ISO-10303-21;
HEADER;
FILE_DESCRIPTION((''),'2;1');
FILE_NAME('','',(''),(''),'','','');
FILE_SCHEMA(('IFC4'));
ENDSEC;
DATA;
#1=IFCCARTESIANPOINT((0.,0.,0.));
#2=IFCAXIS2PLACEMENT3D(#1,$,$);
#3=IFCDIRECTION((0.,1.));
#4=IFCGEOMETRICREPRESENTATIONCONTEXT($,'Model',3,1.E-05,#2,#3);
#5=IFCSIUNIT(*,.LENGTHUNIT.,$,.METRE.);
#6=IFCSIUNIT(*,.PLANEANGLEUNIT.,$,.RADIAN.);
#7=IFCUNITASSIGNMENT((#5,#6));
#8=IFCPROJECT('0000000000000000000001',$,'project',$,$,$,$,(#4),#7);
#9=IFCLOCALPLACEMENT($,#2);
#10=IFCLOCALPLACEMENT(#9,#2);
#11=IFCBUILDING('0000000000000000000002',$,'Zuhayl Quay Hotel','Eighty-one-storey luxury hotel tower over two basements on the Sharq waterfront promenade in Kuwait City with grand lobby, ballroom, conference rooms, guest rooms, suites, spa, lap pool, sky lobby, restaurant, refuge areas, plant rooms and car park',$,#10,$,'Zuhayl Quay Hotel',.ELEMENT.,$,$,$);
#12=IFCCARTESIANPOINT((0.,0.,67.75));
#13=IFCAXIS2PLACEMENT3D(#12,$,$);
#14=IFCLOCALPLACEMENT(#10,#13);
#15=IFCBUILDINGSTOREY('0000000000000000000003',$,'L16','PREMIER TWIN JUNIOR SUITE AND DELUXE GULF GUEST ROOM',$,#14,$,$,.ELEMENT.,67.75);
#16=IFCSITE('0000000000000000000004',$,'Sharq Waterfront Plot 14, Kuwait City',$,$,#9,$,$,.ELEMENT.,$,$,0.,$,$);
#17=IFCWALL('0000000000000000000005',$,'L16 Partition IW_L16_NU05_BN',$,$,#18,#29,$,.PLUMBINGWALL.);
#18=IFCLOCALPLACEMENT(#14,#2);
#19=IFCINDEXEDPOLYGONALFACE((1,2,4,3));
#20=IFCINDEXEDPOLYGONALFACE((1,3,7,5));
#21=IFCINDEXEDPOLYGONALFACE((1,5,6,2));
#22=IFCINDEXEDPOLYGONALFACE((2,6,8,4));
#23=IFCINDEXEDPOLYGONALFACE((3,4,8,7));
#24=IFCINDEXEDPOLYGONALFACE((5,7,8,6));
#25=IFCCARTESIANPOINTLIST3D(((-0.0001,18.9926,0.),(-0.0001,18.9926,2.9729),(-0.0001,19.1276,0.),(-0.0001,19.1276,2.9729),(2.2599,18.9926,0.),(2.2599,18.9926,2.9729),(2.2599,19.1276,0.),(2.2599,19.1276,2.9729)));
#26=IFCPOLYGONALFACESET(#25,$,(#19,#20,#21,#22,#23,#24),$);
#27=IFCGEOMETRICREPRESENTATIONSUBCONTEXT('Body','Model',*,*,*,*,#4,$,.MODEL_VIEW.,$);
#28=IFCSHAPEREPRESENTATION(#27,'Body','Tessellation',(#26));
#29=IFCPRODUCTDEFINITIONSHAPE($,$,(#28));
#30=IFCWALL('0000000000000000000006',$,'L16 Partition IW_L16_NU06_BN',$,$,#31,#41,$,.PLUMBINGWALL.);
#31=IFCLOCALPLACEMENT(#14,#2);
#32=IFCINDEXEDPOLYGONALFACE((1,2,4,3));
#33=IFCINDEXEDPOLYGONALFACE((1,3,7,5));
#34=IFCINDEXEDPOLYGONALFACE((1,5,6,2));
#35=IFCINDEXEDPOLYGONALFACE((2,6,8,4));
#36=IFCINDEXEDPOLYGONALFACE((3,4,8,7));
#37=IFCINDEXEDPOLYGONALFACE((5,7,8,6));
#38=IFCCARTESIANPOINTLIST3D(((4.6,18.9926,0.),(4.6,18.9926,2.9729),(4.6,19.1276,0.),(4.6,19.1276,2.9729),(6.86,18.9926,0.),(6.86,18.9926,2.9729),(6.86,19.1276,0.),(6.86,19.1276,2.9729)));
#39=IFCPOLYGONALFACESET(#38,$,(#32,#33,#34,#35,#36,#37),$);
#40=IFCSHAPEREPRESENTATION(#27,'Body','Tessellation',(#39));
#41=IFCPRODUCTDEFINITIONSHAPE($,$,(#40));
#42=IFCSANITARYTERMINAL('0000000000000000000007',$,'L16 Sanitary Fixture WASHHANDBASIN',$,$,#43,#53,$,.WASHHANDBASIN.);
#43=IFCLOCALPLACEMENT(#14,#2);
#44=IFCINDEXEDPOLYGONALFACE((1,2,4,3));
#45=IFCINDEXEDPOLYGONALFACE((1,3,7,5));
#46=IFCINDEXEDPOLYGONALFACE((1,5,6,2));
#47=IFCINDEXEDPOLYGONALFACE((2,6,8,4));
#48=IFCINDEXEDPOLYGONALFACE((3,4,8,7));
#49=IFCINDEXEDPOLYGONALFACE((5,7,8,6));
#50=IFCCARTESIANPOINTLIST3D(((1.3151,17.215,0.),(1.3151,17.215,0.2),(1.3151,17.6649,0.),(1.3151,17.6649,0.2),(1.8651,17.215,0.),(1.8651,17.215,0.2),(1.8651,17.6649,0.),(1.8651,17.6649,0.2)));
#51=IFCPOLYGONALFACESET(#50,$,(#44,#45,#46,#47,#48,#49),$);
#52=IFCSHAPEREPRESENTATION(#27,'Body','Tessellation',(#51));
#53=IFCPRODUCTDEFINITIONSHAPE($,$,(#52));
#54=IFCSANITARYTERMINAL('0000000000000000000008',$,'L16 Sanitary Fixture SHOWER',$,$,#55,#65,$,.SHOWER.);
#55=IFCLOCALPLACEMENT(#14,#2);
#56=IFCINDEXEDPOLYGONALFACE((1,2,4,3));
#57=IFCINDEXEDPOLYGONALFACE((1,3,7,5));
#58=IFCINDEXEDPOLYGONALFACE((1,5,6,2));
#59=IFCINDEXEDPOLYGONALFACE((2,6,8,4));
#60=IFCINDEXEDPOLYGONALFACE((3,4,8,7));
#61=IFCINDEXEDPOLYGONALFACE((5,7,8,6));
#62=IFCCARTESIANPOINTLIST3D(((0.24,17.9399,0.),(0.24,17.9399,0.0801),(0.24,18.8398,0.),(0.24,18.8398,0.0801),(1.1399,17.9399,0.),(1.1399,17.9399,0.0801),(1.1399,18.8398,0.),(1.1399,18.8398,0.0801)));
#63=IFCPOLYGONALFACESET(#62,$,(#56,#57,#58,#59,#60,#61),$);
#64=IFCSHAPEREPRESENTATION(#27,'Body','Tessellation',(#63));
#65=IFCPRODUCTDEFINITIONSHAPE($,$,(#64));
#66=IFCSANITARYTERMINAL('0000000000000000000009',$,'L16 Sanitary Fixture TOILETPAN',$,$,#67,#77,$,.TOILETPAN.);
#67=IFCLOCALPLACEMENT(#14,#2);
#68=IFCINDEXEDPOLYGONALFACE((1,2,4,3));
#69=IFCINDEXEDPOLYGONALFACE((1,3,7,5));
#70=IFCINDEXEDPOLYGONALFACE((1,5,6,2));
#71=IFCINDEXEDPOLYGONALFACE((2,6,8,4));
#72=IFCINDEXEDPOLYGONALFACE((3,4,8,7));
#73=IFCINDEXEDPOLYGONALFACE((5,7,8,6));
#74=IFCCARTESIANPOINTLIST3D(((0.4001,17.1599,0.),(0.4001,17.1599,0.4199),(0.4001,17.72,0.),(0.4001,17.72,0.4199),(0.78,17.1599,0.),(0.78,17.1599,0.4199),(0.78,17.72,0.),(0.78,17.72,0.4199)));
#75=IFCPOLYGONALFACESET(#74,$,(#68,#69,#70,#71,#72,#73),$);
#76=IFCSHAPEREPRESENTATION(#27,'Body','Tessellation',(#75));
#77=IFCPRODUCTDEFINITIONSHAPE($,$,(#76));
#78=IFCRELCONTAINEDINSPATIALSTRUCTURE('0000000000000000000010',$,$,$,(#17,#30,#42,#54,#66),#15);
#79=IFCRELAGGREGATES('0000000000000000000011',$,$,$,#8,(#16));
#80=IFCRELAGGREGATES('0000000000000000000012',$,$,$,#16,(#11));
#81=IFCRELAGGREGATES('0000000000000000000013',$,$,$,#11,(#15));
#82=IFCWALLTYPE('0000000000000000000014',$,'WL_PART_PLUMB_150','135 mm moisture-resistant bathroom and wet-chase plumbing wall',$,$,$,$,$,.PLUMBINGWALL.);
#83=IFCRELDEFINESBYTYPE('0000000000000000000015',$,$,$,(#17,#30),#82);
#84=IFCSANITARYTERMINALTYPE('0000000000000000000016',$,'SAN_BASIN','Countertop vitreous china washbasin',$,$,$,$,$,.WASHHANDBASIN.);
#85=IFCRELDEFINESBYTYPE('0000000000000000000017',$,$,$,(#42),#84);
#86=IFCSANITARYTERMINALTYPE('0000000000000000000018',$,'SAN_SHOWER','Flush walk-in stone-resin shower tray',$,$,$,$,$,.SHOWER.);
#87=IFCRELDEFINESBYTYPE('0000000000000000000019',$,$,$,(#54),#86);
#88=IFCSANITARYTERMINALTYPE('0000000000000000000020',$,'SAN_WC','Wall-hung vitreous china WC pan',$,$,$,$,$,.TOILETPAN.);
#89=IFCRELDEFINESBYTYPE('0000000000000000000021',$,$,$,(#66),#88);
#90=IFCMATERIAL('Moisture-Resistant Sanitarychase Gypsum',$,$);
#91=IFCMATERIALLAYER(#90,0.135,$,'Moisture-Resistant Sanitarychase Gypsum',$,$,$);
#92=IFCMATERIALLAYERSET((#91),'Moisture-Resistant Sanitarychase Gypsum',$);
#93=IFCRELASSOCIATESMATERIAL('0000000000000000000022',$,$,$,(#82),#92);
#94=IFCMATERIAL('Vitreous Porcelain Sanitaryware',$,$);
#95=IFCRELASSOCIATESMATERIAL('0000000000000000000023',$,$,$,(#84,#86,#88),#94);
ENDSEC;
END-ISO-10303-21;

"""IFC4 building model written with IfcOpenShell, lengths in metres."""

from ifc_helpers import new_model, si_unit, direction, frame, frame_2d, origin, origin_2d, place, context, subcontext, project, spatial, rectangle, extrude, material, layer, layer_set, type_object, element, save


model = new_model("IFC4")

# Units and contexts
model_context = context("Model", 3, precision=1e-05, world=origin(), true_north=direction((0.0, 1.0)))
body_context = subcontext(model_context, "Body", "Model", "MODEL_VIEW")
ifc_project = project(units=[si_unit("LENGTHUNIT", "METRE"), si_unit("PLANEANGLEUNIT", "RADIAN")], contexts=[model_context])

# Site, building, storey
site_placement = place(None, origin())
site = spatial("IfcSite", under=ifc_project, at=site_placement, Name="Sharq Waterfront Plot 14, Kuwait City", CompositionType="ELEMENT", RefElevation=0.0)
building_placement = place(site_placement, origin())
building = spatial("IfcBuilding", under=site, at=building_placement, Name="Zuhayl Quay Hotel", Description="Eighty-one-storey luxury hotel tower over two basements on the Sharq waterfront promenade in Kuwait City with grand lobby, ballroom, conference rooms, guest rooms, suites, spa, lap pool, sky lobby, restaurant, refuge areas, plant rooms and car park", LongName="Zuhayl Quay Hotel", CompositionType="ELEMENT")
storey_placement = place(building_placement, frame((0.0, 0.0, 67.75)))
storey = spatial("IfcBuildingStorey", under=building, at=storey_placement, Name="L16", Description="PREMIER TWIN JUNIOR SUITE AND DELUXE GULF GUEST ROOM", CompositionType="ELEMENT", Elevation=67.75)

# Shared definitions
ifc_material_1 = material(Name="Moisture-Resistant Sanitarychase Gypsum")
ifc_layer_1 = layer(ifc_material_1, 0.135, Name="Moisture-Resistant Sanitarychase Gypsum")
ifc_layer_set_1 = layer_set([ifc_layer_1], Name="Moisture-Resistant Sanitarychase Gypsum")
wall_type_1 = type_object("IfcWallType", Name="WL_PART_PLUMB_150", Description="135 mm moisture-resistant bathroom and wet-chase plumbing wall", PredefinedType="PLUMBINGWALL", material=ifc_layer_set_1)

# Walls
for number, where, z_axis, x_axis, name in (
    (1, (0.0, 19.0601, 0.0), (0.0, 0.0, 1.0), (1.0, 0.0, 0.0), "L16 Partition IW_L16_NU05_BN"),
    (2, (4.6001, 19.0601, 0.0), (0.0, 0.0, 1.0), (1.0, 0.0, 0.0), "L16 Partition IW_L16_NU06_BN"),
):
    element("IfcWall", number, at=place(storey_placement, frame(where, z_axis=z_axis, x_axis=x_axis)), inside=storey, type_object=wall_type_1, Name=name, PredefinedType="PLUMBINGWALL", context=body_context, shape_type="SweptSolid", body=[
        extrude(rectangle(XDim=2.26, YDim=0.135, at=frame_2d((1.1299, 0.0))), origin(), (0.0, 0.0, 1.0), 2.9729),
    ])

# Sanitary terminals
ifc_material_2 = material(Name="Vitreous Porcelain Sanitaryware")
sanitary_terminal_type_1 = type_object("IfcSanitaryTerminalType", Name="SAN_BASIN", Description="Countertop vitreous china washbasin", PredefinedType="WASHHANDBASIN", material=ifc_material_2)
sanitary_terminal_1_placement = place(storey_placement, frame((1.5901, 17.4399, 0.0), z_axis=(0.0, 0.0, 1.0), x_axis=(1.0, 0.0, 0.0)))
element("IfcSanitaryTerminal", 3, at=sanitary_terminal_1_placement, inside=storey, type_object=sanitary_terminal_type_1, Name="L16 Sanitary Fixture WASHHANDBASIN", PredefinedType="WASHHANDBASIN", context=body_context, shape_type="SweptSolid", body=[
    extrude(rectangle(XDim=0.55, YDim=0.45, at=origin_2d()), origin(), (0.0, 0.0, 1.0), 0.2),
])
sanitary_terminal_type_2 = type_object("IfcSanitaryTerminalType", Name="SAN_SHOWER", Description="Flush walk-in stone-resin shower tray", PredefinedType="SHOWER", material=ifc_material_2)
sanitary_terminal_2_placement = place(storey_placement, frame((0.6899, 18.3899, 0.0), z_axis=(0.0, 0.0, 1.0), x_axis=(1.0, 0.0, 0.0)))
element("IfcSanitaryTerminal", 4, at=sanitary_terminal_2_placement, inside=storey, type_object=sanitary_terminal_type_2, Name="L16 Sanitary Fixture SHOWER", PredefinedType="SHOWER", context=body_context, shape_type="SweptSolid", body=[
    extrude(rectangle(XDim=0.8999, YDim=0.8999, at=origin_2d()), origin(), (0.0, 0.0, 1.0), 0.0801),
])
sanitary_terminal_type_3 = type_object("IfcSanitaryTerminalType", Name="SAN_WC", Description="Wall-hung vitreous china WC pan", PredefinedType="TOILETPAN", material=ifc_material_2)
sanitary_terminal_3_placement = place(storey_placement, frame((0.5901, 17.4399, 0.0), z_axis=(0.0, 0.0, 1.0), x_axis=(1.0, 0.0, 0.0)))
element("IfcSanitaryTerminal", 5, at=sanitary_terminal_3_placement, inside=storey, type_object=sanitary_terminal_type_3, Name="L16 Sanitary Fixture TOILETPAN", PredefinedType="TOILETPAN", context=body_context, shape_type="SweptSolid", body=[
    extrude(rectangle(XDim=0.3799, YDim=0.5601, at=origin_2d()), origin(), (0.0, 0.0, 1.0), 0.4199),
])

save(model, "model.ifc")
